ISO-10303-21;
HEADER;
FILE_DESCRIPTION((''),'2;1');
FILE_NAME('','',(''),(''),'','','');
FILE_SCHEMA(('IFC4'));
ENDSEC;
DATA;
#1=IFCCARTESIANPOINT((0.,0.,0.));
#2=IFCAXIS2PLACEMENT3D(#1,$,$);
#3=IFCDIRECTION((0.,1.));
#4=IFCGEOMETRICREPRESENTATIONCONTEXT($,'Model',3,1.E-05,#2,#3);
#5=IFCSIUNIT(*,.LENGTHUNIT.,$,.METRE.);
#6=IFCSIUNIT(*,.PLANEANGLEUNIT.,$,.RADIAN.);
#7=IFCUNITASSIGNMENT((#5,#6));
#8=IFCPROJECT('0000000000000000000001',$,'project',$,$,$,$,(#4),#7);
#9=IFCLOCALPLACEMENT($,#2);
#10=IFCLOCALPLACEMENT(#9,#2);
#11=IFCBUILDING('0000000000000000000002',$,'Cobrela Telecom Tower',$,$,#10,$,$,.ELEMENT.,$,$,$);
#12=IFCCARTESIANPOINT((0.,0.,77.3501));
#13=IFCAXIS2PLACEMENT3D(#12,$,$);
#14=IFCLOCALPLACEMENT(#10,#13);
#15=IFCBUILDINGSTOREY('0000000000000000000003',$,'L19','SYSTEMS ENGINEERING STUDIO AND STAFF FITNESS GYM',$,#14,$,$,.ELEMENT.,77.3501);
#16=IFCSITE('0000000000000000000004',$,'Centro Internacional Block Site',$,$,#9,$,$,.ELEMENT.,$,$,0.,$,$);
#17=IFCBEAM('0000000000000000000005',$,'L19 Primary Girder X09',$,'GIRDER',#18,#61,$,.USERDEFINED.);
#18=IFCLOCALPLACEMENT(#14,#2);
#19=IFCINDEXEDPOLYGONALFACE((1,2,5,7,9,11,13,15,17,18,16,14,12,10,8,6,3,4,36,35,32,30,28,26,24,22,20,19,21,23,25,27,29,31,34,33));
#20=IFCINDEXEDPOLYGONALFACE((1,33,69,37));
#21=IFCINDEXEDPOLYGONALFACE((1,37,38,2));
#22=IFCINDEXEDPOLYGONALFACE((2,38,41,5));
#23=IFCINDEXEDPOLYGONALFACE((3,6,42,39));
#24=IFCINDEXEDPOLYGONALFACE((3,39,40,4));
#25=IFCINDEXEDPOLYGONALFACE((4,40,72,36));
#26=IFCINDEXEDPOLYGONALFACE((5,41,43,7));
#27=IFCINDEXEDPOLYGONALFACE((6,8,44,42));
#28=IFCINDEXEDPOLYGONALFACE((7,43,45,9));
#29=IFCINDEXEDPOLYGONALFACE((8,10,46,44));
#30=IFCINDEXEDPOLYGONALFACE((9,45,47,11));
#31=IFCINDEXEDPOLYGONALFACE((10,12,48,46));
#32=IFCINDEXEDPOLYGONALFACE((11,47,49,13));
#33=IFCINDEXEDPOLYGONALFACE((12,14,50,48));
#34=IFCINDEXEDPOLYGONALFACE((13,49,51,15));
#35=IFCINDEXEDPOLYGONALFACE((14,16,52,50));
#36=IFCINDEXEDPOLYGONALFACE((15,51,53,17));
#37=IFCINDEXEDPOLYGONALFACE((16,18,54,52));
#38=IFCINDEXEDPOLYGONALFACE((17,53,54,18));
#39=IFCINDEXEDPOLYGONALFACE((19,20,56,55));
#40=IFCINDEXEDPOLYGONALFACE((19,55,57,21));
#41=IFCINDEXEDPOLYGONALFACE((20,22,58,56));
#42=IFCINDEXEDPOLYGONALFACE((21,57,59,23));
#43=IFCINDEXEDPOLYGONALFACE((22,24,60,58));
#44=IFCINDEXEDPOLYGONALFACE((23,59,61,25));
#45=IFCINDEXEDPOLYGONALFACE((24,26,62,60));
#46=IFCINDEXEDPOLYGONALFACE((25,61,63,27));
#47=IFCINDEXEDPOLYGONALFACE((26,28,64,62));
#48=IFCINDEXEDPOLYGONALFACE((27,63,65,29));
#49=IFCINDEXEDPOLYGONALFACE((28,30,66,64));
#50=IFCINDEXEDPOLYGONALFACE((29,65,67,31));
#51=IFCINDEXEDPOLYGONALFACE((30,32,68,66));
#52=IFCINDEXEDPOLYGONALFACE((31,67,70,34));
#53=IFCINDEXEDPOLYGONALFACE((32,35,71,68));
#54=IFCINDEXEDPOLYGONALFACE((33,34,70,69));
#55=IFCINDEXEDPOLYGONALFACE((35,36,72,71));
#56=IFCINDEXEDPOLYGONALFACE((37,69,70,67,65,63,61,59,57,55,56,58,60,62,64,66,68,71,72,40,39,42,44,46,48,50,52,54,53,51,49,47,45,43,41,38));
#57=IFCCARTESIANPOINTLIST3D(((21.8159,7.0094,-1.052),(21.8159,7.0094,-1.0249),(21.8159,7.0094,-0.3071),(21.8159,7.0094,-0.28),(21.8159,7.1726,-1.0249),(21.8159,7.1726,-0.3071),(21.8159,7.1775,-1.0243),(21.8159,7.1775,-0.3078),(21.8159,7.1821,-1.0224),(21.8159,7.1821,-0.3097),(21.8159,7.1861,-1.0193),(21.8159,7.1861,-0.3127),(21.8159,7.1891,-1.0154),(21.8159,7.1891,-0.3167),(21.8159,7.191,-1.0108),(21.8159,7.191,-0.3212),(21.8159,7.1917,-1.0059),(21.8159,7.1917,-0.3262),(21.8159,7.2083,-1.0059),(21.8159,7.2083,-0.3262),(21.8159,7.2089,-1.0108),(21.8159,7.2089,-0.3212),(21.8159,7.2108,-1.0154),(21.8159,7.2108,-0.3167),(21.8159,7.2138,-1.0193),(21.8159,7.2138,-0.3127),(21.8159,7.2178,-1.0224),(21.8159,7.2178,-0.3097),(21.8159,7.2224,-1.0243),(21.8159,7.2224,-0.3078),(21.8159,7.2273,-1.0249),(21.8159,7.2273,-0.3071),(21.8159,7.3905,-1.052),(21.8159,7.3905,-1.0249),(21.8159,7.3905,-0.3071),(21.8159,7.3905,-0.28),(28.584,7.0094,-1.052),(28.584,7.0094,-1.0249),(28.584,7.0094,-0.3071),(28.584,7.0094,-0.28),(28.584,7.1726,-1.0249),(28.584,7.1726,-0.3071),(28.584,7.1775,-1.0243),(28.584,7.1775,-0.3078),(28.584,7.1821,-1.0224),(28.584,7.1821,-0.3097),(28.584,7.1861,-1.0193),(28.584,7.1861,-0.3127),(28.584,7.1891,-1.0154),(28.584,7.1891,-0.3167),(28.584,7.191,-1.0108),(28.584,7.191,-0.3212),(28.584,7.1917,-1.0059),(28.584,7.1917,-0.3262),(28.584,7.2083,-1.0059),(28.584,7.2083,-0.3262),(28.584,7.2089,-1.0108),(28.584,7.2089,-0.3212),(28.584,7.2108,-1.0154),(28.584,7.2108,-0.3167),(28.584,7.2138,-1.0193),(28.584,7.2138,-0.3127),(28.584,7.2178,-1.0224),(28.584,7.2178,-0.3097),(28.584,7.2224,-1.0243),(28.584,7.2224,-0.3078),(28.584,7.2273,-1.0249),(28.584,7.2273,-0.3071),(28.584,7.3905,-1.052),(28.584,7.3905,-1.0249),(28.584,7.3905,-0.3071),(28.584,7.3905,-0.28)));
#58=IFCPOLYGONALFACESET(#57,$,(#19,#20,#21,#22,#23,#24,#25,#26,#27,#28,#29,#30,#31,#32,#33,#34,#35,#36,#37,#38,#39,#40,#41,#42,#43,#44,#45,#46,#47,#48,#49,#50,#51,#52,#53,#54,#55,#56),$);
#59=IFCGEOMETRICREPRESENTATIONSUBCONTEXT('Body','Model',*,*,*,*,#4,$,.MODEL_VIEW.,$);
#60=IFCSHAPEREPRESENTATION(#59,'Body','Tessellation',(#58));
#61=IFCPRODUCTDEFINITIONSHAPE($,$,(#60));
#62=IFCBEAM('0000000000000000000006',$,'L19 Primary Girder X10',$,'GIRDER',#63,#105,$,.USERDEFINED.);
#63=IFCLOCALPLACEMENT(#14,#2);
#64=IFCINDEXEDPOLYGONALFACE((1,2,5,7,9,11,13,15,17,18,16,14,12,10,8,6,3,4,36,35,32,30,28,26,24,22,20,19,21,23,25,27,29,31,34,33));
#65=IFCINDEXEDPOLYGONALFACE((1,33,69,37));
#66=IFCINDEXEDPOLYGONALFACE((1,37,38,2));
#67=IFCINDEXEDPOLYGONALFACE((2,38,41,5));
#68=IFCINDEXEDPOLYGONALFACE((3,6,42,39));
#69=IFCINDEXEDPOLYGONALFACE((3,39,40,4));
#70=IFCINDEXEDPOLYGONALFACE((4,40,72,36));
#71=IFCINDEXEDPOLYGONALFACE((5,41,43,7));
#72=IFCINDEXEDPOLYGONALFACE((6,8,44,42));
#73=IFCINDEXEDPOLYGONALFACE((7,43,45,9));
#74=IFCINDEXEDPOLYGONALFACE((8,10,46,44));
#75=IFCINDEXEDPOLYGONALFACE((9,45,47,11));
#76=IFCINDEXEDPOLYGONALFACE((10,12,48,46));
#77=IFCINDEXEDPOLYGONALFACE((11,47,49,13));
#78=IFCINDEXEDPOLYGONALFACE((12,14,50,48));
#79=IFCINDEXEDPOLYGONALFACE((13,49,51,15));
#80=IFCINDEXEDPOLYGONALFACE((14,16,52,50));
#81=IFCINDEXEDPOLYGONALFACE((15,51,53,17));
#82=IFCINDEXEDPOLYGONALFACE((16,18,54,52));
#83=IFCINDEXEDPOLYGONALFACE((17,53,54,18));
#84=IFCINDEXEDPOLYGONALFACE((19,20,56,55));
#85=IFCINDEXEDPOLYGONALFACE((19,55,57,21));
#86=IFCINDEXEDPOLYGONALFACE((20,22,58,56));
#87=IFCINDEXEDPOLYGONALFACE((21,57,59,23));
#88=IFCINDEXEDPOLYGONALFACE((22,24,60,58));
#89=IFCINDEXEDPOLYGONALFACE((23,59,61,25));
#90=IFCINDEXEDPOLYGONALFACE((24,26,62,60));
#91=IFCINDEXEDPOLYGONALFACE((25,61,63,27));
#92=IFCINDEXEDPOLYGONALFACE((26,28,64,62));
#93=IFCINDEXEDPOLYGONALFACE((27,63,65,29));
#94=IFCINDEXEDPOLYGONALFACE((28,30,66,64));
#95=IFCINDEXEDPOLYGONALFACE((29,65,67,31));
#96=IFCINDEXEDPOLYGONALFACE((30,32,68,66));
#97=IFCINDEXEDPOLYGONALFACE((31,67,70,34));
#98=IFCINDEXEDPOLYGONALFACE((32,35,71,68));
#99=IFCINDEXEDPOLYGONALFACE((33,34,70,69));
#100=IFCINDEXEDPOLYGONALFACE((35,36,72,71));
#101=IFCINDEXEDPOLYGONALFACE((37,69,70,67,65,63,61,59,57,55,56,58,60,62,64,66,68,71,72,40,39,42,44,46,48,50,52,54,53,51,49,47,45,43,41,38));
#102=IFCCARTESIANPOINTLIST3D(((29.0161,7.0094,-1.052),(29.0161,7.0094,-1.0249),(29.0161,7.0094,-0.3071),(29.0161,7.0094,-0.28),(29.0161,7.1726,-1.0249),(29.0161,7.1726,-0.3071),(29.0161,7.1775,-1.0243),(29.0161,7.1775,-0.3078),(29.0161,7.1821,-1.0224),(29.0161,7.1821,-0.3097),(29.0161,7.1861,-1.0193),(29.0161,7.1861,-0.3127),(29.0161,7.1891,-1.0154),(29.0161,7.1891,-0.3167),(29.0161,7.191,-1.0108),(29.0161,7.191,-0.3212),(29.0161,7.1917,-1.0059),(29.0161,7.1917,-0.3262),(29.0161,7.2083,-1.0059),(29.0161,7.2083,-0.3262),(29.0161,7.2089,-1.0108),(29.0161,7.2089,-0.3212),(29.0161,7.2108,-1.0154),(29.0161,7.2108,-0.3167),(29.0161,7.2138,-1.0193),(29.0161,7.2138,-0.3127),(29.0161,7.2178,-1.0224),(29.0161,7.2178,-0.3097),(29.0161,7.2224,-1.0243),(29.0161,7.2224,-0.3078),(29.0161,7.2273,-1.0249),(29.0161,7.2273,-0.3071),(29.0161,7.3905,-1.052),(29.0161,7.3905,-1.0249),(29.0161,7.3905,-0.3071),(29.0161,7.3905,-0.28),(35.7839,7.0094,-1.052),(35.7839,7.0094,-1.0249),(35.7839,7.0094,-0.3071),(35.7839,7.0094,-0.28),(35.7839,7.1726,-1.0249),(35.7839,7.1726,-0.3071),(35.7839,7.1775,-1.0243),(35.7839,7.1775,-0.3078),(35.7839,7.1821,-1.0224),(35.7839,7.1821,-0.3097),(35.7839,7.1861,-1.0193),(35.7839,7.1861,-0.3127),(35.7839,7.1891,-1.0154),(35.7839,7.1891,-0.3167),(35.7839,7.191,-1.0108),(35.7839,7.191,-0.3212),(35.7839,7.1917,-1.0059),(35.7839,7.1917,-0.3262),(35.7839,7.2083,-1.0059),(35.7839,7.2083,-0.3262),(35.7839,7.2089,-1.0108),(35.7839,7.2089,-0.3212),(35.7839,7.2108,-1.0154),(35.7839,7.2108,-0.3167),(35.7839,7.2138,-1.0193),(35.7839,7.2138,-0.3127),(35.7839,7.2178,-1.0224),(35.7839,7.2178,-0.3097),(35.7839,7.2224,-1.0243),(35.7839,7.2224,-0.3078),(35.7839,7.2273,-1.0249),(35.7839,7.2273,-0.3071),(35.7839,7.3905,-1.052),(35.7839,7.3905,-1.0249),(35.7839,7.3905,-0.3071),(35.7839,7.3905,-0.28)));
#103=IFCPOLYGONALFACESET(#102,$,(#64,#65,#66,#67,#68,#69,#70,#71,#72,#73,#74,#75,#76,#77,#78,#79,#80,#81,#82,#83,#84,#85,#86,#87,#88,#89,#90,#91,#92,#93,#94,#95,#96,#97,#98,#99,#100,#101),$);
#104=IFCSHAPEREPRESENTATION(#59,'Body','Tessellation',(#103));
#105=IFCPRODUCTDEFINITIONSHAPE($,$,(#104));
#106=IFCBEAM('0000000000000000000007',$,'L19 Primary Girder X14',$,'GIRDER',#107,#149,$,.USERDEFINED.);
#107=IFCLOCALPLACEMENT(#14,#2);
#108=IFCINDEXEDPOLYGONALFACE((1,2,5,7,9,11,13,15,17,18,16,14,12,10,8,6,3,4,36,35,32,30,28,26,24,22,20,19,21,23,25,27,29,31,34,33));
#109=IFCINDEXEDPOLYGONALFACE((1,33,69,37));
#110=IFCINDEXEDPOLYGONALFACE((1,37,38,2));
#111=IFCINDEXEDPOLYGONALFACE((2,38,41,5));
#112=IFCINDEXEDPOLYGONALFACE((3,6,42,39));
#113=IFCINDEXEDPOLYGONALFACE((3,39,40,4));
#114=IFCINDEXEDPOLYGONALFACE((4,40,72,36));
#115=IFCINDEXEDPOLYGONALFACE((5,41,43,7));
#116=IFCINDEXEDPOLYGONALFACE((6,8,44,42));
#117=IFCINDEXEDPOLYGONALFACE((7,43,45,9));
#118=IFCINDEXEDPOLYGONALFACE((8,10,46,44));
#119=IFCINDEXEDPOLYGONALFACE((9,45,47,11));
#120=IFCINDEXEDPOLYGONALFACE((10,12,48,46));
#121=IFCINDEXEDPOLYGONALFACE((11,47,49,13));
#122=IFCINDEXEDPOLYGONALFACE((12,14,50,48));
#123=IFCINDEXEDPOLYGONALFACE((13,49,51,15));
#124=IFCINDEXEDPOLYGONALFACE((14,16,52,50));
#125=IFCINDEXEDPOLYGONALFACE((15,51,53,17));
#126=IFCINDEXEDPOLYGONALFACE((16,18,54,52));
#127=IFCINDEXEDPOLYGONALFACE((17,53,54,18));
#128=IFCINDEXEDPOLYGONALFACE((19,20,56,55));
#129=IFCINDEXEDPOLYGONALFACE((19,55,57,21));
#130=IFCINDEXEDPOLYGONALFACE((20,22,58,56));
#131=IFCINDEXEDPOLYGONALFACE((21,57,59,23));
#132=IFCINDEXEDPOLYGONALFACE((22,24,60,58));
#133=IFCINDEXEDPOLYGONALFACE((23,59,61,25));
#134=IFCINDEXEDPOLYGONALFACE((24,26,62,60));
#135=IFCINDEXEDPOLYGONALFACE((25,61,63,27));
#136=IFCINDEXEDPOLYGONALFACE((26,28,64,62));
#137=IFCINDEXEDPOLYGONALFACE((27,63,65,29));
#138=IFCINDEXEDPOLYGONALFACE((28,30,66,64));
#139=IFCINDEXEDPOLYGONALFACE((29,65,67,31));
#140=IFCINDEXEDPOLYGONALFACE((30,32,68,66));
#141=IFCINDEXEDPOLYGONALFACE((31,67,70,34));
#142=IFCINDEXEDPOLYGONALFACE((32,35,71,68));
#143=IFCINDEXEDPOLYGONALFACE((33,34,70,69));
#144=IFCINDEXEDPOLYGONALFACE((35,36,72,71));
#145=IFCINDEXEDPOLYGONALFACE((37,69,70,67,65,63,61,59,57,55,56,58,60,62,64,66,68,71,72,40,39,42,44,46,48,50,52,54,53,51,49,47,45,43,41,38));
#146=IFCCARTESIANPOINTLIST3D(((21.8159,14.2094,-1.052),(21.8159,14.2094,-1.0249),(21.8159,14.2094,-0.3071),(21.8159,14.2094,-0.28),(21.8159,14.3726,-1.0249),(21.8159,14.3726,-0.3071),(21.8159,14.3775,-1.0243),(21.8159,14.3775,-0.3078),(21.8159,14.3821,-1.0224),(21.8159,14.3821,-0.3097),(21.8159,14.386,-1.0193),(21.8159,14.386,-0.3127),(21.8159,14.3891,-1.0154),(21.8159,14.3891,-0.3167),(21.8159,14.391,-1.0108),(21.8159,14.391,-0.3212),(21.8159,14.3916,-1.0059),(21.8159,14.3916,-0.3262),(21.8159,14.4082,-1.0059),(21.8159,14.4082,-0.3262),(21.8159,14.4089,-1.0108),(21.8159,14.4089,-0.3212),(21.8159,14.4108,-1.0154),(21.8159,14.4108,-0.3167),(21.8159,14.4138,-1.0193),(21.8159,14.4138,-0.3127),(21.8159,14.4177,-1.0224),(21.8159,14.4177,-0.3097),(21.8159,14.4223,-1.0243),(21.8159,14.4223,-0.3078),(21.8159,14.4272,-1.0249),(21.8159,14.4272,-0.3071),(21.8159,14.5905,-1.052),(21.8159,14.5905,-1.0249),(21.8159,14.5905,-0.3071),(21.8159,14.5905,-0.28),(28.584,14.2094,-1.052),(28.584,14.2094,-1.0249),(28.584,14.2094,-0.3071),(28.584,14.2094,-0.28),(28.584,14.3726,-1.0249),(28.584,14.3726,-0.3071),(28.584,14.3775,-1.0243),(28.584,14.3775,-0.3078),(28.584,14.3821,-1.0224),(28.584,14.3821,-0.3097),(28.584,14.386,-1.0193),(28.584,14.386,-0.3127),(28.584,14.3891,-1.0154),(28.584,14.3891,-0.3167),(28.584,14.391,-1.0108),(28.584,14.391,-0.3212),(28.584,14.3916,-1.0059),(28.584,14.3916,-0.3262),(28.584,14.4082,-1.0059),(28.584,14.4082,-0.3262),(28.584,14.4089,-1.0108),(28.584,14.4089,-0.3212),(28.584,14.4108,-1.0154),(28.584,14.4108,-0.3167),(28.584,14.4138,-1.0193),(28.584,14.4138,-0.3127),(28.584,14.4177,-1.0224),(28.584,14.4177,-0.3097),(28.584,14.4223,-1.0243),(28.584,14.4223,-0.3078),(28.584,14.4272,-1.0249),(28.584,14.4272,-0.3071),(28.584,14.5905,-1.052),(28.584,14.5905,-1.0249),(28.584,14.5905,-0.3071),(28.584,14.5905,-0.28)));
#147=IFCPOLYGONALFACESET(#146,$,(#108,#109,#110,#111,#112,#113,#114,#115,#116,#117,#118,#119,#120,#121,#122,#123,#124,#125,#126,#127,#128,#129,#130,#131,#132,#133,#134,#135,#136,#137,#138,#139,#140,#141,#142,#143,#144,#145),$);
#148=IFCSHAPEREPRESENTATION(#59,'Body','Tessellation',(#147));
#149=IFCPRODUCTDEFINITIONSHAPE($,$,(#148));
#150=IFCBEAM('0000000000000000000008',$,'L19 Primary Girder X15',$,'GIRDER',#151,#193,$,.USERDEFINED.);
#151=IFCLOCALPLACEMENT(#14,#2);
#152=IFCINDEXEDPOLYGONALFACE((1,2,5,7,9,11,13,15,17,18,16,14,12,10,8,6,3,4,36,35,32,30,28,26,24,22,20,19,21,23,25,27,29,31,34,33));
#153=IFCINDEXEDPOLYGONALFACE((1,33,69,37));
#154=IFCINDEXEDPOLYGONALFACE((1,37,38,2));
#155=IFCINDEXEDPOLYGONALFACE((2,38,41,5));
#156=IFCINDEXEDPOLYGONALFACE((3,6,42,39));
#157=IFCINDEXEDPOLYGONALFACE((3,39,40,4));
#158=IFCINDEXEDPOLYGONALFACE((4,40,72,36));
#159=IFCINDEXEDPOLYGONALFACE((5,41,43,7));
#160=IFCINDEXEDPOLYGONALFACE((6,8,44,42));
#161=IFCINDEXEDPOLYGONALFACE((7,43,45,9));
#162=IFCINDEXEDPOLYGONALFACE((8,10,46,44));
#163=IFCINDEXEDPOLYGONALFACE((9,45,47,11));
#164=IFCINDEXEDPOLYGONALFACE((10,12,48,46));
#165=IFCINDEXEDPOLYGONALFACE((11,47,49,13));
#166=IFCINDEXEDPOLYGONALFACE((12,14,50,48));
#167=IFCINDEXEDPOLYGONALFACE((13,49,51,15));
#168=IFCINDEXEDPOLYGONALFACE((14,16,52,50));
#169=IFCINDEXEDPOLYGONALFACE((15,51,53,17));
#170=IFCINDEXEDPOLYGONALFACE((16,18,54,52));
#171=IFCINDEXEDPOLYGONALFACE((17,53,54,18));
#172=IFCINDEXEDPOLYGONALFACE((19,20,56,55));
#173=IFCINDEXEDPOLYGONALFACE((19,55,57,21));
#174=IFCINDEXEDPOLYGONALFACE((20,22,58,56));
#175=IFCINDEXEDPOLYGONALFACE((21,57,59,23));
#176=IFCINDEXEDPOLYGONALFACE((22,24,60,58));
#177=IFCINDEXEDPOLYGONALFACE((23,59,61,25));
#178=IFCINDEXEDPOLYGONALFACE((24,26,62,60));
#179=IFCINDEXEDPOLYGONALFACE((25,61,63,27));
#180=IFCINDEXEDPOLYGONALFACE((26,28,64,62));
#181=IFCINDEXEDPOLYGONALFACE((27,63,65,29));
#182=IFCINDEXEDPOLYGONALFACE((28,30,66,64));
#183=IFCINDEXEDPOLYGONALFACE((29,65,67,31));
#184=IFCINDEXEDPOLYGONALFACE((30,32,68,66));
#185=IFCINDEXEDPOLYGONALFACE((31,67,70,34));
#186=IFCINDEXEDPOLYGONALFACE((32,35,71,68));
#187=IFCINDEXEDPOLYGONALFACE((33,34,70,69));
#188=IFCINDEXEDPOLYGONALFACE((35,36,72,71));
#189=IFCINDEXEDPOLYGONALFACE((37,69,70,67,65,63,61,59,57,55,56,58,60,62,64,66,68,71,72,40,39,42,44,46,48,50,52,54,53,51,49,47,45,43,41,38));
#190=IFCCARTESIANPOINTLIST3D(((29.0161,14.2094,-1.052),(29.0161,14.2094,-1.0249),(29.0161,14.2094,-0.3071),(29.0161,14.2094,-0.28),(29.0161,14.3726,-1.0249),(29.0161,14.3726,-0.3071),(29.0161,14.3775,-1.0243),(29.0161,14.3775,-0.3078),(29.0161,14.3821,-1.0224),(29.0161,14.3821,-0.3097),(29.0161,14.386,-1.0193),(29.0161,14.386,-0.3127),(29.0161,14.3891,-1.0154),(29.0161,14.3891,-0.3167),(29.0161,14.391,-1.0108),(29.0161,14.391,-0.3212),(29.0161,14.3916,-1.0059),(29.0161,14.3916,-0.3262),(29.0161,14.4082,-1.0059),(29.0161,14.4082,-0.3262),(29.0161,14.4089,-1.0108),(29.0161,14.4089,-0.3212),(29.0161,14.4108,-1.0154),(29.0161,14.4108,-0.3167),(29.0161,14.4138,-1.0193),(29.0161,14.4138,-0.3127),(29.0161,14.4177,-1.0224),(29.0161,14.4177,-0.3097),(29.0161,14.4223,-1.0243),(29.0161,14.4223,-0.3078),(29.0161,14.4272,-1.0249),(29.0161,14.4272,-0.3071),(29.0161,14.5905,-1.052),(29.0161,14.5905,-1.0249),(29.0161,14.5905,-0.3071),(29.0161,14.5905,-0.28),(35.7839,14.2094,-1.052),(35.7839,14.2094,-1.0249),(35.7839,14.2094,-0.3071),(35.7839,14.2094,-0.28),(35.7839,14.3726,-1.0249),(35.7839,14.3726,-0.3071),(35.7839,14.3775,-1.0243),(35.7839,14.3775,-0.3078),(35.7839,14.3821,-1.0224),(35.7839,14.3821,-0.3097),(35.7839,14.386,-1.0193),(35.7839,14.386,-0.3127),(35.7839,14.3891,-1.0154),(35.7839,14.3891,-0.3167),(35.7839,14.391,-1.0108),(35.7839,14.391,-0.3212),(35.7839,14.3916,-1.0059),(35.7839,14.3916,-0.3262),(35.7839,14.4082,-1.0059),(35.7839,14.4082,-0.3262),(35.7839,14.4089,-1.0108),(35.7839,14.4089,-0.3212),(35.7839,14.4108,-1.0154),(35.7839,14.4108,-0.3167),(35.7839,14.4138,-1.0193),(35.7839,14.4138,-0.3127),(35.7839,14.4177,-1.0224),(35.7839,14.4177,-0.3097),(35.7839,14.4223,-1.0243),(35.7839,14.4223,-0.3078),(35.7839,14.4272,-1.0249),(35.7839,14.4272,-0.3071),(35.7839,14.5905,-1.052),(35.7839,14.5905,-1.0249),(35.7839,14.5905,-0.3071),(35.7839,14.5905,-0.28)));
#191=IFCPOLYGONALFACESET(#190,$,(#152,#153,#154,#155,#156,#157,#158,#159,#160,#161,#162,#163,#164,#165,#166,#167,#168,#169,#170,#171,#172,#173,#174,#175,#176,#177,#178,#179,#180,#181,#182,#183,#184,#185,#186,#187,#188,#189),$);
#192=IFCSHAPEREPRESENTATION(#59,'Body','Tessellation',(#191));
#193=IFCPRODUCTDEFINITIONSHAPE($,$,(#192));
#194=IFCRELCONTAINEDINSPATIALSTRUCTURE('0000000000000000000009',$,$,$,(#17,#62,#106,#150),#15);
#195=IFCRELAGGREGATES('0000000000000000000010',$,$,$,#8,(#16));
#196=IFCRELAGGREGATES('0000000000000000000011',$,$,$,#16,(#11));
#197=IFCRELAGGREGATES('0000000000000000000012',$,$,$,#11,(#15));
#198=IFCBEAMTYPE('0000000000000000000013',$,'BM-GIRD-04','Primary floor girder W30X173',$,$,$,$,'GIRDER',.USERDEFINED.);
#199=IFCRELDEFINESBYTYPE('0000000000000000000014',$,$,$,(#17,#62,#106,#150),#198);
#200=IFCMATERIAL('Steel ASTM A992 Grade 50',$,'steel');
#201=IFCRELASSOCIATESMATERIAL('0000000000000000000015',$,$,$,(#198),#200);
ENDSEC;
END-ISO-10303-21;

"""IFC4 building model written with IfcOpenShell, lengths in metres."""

from ifc_helpers import new_model, si_unit, direction, frame, origin, origin_2d, place, context, subcontext, project, spatial, i_section, extrude, material, material_profile, profile_set, type_object, element, save


model = new_model("IFC4")

# Units and contexts
model_context = context("Model", 3, precision=1e-05, world=origin(), true_north=direction((0.0, 1.0)))
body_context = subcontext(model_context, "Body", "Model", "MODEL_VIEW")
ifc_project = project(units=[si_unit("LENGTHUNIT", "METRE"), si_unit("PLANEANGLEUNIT", "RADIAN")], contexts=[model_context])

# Site, building, storey
site_placement = place(None, origin())
site = spatial("IfcSite", under=ifc_project, at=site_placement, Name="Centro Internacional Block Site", CompositionType="ELEMENT", RefElevation=0.0)
building_placement = place(site_placement, origin())
building = spatial("IfcBuilding", under=site, at=building_placement, Name="Cobrela Telecom Tower", CompositionType="ELEMENT")
storey_placement = place(building_placement, frame((0.0, 0.0, 77.3501)))
storey = spatial("IfcBuildingStorey", under=building, at=storey_placement, Name="L19", Description="SYSTEMS ENGINEERING STUDIO AND STAFF FITNESS GYM", CompositionType="ELEMENT", Elevation=77.3501)

# Shared definitions
ifc_material = material(Name="Steel ASTM A992 Grade 50", Category="steel")

# Beams
ifc_material_profile_1 = material_profile(ifc_material, i_section(OverallWidth=0.3811, OverallDepth=0.772, WebThickness=0.0166, FlangeThickness=0.0271, FilletRadius=0.019, at=origin_2d()), Name="W30X173")
ifc_profile_set_1 = profile_set([ifc_material_profile_1], Name="Steel ASTM A992 Grade 50")
beam_type_1 = type_object("IfcBeamType", Name="BM-GIRD-04", Description="Primary floor girder W30X173", ElementType="GIRDER", PredefinedType="USERDEFINED", material=ifc_profile_set_1)
beam_1_placement = place(storey_placement, frame((21.8159, 7.2, -0.666), z_axis=(1.0, 0.0, 0.0), x_axis=(0.0, 1.0, 0.0)))
element("IfcBeam", 1, at=beam_1_placement, inside=storey, type_object=beam_type_1, Name="L19 Primary Girder X09", ObjectType="GIRDER", PredefinedType="USERDEFINED", context=body_context, shape_type="SweptSolid", body=[
    extrude(i_section(OverallWidth=0.3811, OverallDepth=0.772, WebThickness=0.0166, FlangeThickness=0.0271, FilletRadius=0.019, at=origin_2d()), origin(), (0.0, 0.0, 1.0), 6.7681),
])
beam_2_placement = place(storey_placement, frame((29.0161, 7.2, -0.666), z_axis=(1.0, 0.0, 0.0), x_axis=(0.0, 1.0, 0.0)))
element("IfcBeam", 2, at=beam_2_placement, inside=storey, type_object=beam_type_1, Name="L19 Primary Girder X10", ObjectType="GIRDER", PredefinedType="USERDEFINED", context=body_context, shape_type="SweptSolid", body=[
    extrude(i_section(OverallWidth=0.3811, OverallDepth=0.772, WebThickness=0.0166, FlangeThickness=0.0271, FilletRadius=0.019, at=origin_2d()), origin(), (0.0, 0.0, 1.0), 6.7678),
])
beam_3_placement = place(storey_placement, frame((21.8159, 14.3999, -0.666), z_axis=(1.0, 0.0, 0.0), x_axis=(0.0, 1.0, 0.0)))
element("IfcBeam", 3, at=beam_3_placement, inside=storey, type_object=beam_type_1, Name="L19 Primary Girder X14", ObjectType="GIRDER", PredefinedType="USERDEFINED", context=body_context, shape_type="SweptSolid", body=[
    extrude(i_section(OverallWidth=0.3811, OverallDepth=0.772, WebThickness=0.0166, FlangeThickness=0.0271, FilletRadius=0.019, at=origin_2d()), origin(), (0.0, 0.0, 1.0), 6.7681),
])
beam_4_placement = place(storey_placement, frame((29.0161, 14.3999, -0.666), z_axis=(1.0, 0.0, 0.0), x_axis=(0.0, 1.0, 0.0)))
element("IfcBeam", 4, at=beam_4_placement, inside=storey, type_object=beam_type_1, Name="L19 Primary Girder X15", ObjectType="GIRDER", PredefinedType="USERDEFINED", context=body_context, shape_type="SweptSolid", body=[
    extrude(i_section(OverallWidth=0.3811, OverallDepth=0.772, WebThickness=0.0166, FlangeThickness=0.0271, FilletRadius=0.019, at=origin_2d()), origin(), (0.0, 0.0, 1.0), 6.7678),
])

save(model, "model.ifc")
